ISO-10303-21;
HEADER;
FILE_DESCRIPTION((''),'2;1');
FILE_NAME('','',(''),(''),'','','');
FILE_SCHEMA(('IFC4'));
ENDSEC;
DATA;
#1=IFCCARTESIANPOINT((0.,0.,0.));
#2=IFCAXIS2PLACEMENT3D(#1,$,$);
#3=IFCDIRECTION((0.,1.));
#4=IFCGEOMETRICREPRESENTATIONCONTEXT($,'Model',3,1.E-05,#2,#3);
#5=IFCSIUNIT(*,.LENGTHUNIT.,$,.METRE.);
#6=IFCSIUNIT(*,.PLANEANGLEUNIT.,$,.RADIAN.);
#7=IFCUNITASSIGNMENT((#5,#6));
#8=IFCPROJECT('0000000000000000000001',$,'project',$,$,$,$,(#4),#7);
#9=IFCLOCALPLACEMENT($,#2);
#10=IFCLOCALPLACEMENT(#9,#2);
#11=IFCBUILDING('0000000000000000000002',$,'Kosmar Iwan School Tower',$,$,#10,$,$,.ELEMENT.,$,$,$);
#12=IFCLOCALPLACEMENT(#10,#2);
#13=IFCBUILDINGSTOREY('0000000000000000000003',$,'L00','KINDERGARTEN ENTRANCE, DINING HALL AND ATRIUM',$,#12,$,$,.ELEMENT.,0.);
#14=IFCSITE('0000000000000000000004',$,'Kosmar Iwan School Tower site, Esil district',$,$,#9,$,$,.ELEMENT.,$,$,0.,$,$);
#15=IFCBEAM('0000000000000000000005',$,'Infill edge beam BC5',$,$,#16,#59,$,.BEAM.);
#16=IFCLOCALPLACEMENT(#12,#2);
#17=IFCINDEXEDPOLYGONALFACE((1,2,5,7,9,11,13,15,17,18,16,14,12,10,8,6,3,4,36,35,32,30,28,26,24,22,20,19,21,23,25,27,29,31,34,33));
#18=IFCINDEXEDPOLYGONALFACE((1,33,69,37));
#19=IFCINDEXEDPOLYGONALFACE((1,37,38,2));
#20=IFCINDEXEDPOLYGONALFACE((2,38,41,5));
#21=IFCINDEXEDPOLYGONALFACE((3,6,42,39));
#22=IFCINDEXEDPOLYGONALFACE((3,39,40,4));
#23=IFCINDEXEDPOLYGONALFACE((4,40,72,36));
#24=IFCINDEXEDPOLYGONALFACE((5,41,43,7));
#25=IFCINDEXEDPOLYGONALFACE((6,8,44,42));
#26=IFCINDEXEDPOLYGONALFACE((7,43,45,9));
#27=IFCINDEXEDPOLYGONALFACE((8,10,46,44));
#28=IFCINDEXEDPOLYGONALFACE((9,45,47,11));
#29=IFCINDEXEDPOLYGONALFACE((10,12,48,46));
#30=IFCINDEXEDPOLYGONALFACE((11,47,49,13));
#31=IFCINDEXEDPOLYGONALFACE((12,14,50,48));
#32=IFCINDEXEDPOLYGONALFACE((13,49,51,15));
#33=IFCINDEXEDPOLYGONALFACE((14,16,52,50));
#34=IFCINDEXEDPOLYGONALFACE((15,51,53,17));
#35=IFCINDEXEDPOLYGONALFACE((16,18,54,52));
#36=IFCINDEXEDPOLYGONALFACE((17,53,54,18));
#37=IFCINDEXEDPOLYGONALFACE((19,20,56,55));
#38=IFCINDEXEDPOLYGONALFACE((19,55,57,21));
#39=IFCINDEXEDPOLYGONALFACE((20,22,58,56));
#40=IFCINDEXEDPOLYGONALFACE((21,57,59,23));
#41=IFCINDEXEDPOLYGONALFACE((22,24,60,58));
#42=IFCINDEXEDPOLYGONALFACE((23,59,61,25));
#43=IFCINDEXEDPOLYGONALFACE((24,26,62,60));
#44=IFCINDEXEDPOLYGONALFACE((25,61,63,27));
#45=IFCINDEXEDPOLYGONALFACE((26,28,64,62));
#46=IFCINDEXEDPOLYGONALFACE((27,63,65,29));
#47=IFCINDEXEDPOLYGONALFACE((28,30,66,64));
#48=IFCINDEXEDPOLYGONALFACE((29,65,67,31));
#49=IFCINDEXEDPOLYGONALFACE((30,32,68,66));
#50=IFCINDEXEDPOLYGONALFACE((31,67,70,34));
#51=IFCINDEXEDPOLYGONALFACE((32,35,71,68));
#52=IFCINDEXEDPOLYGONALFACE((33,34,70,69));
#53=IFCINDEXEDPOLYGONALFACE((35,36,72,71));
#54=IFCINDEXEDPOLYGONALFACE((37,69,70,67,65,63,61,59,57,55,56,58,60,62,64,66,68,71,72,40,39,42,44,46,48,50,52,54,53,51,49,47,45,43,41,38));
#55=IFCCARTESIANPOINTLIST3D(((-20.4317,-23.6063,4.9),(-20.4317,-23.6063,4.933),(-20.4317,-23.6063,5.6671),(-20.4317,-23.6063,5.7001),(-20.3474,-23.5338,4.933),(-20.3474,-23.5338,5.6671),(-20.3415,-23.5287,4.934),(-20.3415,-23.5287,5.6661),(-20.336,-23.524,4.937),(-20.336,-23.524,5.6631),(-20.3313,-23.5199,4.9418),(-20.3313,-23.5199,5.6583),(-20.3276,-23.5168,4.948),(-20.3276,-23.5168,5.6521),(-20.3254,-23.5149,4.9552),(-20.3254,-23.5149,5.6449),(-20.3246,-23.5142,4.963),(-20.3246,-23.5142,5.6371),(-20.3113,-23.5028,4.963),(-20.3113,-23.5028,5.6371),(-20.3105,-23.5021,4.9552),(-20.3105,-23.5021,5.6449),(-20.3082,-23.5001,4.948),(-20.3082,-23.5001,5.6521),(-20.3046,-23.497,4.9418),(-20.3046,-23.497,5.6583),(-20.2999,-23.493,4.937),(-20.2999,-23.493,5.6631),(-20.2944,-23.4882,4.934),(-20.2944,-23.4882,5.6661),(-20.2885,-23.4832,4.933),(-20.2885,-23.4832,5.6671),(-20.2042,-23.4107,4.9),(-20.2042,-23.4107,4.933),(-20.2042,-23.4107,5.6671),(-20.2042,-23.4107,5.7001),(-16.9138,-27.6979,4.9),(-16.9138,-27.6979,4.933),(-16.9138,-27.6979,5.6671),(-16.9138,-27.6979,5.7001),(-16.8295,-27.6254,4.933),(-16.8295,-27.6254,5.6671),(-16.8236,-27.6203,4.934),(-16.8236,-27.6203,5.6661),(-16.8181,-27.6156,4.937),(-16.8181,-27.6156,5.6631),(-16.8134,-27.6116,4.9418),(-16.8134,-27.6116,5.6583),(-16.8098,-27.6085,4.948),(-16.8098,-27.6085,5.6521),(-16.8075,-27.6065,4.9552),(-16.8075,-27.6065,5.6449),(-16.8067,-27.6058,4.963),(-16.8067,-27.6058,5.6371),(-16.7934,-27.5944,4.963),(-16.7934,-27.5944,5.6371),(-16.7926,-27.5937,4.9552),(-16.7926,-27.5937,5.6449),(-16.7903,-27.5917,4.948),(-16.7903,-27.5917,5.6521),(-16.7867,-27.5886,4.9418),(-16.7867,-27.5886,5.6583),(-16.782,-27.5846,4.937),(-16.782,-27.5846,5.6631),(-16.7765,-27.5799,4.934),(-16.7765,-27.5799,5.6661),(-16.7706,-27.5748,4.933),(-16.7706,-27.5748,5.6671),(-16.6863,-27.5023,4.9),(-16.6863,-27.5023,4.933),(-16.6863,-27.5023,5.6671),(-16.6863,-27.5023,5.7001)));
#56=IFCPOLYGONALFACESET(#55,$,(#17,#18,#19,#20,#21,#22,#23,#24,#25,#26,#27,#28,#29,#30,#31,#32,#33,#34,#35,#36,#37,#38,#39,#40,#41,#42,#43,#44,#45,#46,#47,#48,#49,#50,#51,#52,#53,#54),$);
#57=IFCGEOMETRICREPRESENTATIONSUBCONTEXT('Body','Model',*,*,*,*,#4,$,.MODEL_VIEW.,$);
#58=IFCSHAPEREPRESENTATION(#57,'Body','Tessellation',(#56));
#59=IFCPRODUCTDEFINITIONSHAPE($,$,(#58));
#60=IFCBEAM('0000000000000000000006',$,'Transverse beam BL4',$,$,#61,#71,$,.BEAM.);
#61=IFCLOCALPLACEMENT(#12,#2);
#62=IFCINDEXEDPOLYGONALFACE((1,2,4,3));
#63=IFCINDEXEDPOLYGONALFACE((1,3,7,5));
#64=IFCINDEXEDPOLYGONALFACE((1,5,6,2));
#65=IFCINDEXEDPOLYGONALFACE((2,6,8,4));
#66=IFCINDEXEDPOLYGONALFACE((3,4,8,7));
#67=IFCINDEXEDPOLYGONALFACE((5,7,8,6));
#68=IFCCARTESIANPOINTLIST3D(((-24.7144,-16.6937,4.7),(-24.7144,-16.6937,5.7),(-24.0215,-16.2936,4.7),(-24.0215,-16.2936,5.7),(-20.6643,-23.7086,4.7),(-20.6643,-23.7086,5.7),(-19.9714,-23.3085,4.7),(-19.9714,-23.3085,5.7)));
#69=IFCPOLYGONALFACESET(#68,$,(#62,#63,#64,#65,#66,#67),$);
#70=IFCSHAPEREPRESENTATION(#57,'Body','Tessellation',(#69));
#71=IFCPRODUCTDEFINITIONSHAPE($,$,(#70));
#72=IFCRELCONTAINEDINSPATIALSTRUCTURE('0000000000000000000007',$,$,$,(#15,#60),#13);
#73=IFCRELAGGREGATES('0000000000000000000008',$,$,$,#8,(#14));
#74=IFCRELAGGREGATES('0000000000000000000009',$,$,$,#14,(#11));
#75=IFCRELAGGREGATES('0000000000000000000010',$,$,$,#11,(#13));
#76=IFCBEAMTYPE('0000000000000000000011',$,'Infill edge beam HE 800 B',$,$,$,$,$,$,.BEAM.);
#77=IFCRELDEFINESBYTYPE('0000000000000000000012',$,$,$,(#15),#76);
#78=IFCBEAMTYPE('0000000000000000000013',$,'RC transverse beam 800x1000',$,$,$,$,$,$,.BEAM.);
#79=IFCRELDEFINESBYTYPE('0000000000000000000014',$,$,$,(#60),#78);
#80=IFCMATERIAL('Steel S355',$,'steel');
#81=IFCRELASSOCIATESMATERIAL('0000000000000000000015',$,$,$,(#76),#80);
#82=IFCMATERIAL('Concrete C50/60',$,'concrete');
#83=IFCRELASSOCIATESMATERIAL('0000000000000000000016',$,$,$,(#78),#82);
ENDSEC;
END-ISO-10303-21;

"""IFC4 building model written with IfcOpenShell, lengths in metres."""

from ifc_helpers import new_model, si_unit, direction, frame, origin, origin_2d, place, context, subcontext, project, spatial, rectangle, i_section, extrude, material, material_profile, profile_set, type_object, element, save


model = new_model("IFC4")

# Units and contexts
model_context = context("Model", 3, precision=1e-05, world=origin(), true_north=direction((0.0, 1.0)))
body_context = subcontext(model_context, "Body", "Model", "MODEL_VIEW")
ifc_project = project(units=[si_unit("LENGTHUNIT", "METRE"), si_unit("PLANEANGLEUNIT", "RADIAN")], contexts=[model_context])

# Site, building, storey
site_placement = place(None, origin())
site = spatial("IfcSite", under=ifc_project, at=site_placement, Name="Kosmar Iwan School Tower site, Esil district", CompositionType="ELEMENT", RefElevation=0.0)
building_placement = place(site_placement, origin())
building = spatial("IfcBuilding", under=site, at=building_placement, Name="Kosmar Iwan School Tower", CompositionType="ELEMENT")
storey_placement = place(building_placement, origin())
storey = spatial("IfcBuildingStorey", under=building, at=storey_placement, Name="L00", Description="KINDERGARTEN ENTRANCE, DINING HALL AND ATRIUM", CompositionType="ELEMENT", Elevation=0.0)

# Beams
ifc_material_1 = material(Name="Steel S355", Category="steel")
ifc_material_profile_1 = material_profile(ifc_material_1, i_section(OverallWidth=0.3, OverallDepth=0.8, WebThickness=0.0176, FlangeThickness=0.033, FilletRadius=0.03, at=origin_2d()), Name="HE 800 B")
ifc_profile_set_1 = profile_set([ifc_material_profile_1], Name="Steel S355")
beam_type_1 = type_object("IfcBeamType", Name="Infill edge beam HE 800 B", PredefinedType="BEAM", material=ifc_profile_set_1)
beam_1_placement = place(storey_placement, frame((-16.8, -27.6001, 5.3), z_axis=(-0.651942, 0.758269, 0.0), x_axis=(-0.758269, -0.651942, 0.0)))
element("IfcBeam", 1, at=beam_1_placement, inside=storey, type_object=beam_type_1, Name="Infill edge beam BC5", PredefinedType="BEAM", context=body_context, shape_type="SweptSolid", body=[
    extrude(i_section(OverallWidth=0.3, OverallDepth=0.8, WebThickness=0.0176, FlangeThickness=0.033, FilletRadius=0.03, at=origin_2d()), origin(), (0.0, 0.0, 1.0), 5.396),
])
ifc_material_2 = material(Name="Concrete C50/60", Category="concrete")
ifc_material_profile_2 = material_profile(ifc_material_2, rectangle(XDim=0.8, YDim=1.0, at=origin_2d()), Name="RC 800x1000")
ifc_profile_set_2 = profile_set([ifc_material_profile_2], Name="Concrete C50/60")
beam_type_2 = type_object("IfcBeamType", Name="RC transverse beam 800x1000", PredefinedType="BEAM", material=ifc_profile_set_2)
beam_2_placement = place(storey_placement, frame((-20.3179, -23.5085, 5.2), z_axis=(-0.5, 0.866025, 0.0), x_axis=(-0.866025, -0.5, 0.0)))
element("IfcBeam", 2, at=beam_2_placement, inside=storey, type_object=beam_type_2, Name="Transverse beam BL4", PredefinedType="BEAM", context=body_context, shape_type="SweptSolid", body=[
    extrude(rectangle(XDim=0.8, YDim=1.0, at=origin_2d()), origin(), (0.0, 0.0, 1.0), 8.1001),
])

save(model, "model.ifc")
